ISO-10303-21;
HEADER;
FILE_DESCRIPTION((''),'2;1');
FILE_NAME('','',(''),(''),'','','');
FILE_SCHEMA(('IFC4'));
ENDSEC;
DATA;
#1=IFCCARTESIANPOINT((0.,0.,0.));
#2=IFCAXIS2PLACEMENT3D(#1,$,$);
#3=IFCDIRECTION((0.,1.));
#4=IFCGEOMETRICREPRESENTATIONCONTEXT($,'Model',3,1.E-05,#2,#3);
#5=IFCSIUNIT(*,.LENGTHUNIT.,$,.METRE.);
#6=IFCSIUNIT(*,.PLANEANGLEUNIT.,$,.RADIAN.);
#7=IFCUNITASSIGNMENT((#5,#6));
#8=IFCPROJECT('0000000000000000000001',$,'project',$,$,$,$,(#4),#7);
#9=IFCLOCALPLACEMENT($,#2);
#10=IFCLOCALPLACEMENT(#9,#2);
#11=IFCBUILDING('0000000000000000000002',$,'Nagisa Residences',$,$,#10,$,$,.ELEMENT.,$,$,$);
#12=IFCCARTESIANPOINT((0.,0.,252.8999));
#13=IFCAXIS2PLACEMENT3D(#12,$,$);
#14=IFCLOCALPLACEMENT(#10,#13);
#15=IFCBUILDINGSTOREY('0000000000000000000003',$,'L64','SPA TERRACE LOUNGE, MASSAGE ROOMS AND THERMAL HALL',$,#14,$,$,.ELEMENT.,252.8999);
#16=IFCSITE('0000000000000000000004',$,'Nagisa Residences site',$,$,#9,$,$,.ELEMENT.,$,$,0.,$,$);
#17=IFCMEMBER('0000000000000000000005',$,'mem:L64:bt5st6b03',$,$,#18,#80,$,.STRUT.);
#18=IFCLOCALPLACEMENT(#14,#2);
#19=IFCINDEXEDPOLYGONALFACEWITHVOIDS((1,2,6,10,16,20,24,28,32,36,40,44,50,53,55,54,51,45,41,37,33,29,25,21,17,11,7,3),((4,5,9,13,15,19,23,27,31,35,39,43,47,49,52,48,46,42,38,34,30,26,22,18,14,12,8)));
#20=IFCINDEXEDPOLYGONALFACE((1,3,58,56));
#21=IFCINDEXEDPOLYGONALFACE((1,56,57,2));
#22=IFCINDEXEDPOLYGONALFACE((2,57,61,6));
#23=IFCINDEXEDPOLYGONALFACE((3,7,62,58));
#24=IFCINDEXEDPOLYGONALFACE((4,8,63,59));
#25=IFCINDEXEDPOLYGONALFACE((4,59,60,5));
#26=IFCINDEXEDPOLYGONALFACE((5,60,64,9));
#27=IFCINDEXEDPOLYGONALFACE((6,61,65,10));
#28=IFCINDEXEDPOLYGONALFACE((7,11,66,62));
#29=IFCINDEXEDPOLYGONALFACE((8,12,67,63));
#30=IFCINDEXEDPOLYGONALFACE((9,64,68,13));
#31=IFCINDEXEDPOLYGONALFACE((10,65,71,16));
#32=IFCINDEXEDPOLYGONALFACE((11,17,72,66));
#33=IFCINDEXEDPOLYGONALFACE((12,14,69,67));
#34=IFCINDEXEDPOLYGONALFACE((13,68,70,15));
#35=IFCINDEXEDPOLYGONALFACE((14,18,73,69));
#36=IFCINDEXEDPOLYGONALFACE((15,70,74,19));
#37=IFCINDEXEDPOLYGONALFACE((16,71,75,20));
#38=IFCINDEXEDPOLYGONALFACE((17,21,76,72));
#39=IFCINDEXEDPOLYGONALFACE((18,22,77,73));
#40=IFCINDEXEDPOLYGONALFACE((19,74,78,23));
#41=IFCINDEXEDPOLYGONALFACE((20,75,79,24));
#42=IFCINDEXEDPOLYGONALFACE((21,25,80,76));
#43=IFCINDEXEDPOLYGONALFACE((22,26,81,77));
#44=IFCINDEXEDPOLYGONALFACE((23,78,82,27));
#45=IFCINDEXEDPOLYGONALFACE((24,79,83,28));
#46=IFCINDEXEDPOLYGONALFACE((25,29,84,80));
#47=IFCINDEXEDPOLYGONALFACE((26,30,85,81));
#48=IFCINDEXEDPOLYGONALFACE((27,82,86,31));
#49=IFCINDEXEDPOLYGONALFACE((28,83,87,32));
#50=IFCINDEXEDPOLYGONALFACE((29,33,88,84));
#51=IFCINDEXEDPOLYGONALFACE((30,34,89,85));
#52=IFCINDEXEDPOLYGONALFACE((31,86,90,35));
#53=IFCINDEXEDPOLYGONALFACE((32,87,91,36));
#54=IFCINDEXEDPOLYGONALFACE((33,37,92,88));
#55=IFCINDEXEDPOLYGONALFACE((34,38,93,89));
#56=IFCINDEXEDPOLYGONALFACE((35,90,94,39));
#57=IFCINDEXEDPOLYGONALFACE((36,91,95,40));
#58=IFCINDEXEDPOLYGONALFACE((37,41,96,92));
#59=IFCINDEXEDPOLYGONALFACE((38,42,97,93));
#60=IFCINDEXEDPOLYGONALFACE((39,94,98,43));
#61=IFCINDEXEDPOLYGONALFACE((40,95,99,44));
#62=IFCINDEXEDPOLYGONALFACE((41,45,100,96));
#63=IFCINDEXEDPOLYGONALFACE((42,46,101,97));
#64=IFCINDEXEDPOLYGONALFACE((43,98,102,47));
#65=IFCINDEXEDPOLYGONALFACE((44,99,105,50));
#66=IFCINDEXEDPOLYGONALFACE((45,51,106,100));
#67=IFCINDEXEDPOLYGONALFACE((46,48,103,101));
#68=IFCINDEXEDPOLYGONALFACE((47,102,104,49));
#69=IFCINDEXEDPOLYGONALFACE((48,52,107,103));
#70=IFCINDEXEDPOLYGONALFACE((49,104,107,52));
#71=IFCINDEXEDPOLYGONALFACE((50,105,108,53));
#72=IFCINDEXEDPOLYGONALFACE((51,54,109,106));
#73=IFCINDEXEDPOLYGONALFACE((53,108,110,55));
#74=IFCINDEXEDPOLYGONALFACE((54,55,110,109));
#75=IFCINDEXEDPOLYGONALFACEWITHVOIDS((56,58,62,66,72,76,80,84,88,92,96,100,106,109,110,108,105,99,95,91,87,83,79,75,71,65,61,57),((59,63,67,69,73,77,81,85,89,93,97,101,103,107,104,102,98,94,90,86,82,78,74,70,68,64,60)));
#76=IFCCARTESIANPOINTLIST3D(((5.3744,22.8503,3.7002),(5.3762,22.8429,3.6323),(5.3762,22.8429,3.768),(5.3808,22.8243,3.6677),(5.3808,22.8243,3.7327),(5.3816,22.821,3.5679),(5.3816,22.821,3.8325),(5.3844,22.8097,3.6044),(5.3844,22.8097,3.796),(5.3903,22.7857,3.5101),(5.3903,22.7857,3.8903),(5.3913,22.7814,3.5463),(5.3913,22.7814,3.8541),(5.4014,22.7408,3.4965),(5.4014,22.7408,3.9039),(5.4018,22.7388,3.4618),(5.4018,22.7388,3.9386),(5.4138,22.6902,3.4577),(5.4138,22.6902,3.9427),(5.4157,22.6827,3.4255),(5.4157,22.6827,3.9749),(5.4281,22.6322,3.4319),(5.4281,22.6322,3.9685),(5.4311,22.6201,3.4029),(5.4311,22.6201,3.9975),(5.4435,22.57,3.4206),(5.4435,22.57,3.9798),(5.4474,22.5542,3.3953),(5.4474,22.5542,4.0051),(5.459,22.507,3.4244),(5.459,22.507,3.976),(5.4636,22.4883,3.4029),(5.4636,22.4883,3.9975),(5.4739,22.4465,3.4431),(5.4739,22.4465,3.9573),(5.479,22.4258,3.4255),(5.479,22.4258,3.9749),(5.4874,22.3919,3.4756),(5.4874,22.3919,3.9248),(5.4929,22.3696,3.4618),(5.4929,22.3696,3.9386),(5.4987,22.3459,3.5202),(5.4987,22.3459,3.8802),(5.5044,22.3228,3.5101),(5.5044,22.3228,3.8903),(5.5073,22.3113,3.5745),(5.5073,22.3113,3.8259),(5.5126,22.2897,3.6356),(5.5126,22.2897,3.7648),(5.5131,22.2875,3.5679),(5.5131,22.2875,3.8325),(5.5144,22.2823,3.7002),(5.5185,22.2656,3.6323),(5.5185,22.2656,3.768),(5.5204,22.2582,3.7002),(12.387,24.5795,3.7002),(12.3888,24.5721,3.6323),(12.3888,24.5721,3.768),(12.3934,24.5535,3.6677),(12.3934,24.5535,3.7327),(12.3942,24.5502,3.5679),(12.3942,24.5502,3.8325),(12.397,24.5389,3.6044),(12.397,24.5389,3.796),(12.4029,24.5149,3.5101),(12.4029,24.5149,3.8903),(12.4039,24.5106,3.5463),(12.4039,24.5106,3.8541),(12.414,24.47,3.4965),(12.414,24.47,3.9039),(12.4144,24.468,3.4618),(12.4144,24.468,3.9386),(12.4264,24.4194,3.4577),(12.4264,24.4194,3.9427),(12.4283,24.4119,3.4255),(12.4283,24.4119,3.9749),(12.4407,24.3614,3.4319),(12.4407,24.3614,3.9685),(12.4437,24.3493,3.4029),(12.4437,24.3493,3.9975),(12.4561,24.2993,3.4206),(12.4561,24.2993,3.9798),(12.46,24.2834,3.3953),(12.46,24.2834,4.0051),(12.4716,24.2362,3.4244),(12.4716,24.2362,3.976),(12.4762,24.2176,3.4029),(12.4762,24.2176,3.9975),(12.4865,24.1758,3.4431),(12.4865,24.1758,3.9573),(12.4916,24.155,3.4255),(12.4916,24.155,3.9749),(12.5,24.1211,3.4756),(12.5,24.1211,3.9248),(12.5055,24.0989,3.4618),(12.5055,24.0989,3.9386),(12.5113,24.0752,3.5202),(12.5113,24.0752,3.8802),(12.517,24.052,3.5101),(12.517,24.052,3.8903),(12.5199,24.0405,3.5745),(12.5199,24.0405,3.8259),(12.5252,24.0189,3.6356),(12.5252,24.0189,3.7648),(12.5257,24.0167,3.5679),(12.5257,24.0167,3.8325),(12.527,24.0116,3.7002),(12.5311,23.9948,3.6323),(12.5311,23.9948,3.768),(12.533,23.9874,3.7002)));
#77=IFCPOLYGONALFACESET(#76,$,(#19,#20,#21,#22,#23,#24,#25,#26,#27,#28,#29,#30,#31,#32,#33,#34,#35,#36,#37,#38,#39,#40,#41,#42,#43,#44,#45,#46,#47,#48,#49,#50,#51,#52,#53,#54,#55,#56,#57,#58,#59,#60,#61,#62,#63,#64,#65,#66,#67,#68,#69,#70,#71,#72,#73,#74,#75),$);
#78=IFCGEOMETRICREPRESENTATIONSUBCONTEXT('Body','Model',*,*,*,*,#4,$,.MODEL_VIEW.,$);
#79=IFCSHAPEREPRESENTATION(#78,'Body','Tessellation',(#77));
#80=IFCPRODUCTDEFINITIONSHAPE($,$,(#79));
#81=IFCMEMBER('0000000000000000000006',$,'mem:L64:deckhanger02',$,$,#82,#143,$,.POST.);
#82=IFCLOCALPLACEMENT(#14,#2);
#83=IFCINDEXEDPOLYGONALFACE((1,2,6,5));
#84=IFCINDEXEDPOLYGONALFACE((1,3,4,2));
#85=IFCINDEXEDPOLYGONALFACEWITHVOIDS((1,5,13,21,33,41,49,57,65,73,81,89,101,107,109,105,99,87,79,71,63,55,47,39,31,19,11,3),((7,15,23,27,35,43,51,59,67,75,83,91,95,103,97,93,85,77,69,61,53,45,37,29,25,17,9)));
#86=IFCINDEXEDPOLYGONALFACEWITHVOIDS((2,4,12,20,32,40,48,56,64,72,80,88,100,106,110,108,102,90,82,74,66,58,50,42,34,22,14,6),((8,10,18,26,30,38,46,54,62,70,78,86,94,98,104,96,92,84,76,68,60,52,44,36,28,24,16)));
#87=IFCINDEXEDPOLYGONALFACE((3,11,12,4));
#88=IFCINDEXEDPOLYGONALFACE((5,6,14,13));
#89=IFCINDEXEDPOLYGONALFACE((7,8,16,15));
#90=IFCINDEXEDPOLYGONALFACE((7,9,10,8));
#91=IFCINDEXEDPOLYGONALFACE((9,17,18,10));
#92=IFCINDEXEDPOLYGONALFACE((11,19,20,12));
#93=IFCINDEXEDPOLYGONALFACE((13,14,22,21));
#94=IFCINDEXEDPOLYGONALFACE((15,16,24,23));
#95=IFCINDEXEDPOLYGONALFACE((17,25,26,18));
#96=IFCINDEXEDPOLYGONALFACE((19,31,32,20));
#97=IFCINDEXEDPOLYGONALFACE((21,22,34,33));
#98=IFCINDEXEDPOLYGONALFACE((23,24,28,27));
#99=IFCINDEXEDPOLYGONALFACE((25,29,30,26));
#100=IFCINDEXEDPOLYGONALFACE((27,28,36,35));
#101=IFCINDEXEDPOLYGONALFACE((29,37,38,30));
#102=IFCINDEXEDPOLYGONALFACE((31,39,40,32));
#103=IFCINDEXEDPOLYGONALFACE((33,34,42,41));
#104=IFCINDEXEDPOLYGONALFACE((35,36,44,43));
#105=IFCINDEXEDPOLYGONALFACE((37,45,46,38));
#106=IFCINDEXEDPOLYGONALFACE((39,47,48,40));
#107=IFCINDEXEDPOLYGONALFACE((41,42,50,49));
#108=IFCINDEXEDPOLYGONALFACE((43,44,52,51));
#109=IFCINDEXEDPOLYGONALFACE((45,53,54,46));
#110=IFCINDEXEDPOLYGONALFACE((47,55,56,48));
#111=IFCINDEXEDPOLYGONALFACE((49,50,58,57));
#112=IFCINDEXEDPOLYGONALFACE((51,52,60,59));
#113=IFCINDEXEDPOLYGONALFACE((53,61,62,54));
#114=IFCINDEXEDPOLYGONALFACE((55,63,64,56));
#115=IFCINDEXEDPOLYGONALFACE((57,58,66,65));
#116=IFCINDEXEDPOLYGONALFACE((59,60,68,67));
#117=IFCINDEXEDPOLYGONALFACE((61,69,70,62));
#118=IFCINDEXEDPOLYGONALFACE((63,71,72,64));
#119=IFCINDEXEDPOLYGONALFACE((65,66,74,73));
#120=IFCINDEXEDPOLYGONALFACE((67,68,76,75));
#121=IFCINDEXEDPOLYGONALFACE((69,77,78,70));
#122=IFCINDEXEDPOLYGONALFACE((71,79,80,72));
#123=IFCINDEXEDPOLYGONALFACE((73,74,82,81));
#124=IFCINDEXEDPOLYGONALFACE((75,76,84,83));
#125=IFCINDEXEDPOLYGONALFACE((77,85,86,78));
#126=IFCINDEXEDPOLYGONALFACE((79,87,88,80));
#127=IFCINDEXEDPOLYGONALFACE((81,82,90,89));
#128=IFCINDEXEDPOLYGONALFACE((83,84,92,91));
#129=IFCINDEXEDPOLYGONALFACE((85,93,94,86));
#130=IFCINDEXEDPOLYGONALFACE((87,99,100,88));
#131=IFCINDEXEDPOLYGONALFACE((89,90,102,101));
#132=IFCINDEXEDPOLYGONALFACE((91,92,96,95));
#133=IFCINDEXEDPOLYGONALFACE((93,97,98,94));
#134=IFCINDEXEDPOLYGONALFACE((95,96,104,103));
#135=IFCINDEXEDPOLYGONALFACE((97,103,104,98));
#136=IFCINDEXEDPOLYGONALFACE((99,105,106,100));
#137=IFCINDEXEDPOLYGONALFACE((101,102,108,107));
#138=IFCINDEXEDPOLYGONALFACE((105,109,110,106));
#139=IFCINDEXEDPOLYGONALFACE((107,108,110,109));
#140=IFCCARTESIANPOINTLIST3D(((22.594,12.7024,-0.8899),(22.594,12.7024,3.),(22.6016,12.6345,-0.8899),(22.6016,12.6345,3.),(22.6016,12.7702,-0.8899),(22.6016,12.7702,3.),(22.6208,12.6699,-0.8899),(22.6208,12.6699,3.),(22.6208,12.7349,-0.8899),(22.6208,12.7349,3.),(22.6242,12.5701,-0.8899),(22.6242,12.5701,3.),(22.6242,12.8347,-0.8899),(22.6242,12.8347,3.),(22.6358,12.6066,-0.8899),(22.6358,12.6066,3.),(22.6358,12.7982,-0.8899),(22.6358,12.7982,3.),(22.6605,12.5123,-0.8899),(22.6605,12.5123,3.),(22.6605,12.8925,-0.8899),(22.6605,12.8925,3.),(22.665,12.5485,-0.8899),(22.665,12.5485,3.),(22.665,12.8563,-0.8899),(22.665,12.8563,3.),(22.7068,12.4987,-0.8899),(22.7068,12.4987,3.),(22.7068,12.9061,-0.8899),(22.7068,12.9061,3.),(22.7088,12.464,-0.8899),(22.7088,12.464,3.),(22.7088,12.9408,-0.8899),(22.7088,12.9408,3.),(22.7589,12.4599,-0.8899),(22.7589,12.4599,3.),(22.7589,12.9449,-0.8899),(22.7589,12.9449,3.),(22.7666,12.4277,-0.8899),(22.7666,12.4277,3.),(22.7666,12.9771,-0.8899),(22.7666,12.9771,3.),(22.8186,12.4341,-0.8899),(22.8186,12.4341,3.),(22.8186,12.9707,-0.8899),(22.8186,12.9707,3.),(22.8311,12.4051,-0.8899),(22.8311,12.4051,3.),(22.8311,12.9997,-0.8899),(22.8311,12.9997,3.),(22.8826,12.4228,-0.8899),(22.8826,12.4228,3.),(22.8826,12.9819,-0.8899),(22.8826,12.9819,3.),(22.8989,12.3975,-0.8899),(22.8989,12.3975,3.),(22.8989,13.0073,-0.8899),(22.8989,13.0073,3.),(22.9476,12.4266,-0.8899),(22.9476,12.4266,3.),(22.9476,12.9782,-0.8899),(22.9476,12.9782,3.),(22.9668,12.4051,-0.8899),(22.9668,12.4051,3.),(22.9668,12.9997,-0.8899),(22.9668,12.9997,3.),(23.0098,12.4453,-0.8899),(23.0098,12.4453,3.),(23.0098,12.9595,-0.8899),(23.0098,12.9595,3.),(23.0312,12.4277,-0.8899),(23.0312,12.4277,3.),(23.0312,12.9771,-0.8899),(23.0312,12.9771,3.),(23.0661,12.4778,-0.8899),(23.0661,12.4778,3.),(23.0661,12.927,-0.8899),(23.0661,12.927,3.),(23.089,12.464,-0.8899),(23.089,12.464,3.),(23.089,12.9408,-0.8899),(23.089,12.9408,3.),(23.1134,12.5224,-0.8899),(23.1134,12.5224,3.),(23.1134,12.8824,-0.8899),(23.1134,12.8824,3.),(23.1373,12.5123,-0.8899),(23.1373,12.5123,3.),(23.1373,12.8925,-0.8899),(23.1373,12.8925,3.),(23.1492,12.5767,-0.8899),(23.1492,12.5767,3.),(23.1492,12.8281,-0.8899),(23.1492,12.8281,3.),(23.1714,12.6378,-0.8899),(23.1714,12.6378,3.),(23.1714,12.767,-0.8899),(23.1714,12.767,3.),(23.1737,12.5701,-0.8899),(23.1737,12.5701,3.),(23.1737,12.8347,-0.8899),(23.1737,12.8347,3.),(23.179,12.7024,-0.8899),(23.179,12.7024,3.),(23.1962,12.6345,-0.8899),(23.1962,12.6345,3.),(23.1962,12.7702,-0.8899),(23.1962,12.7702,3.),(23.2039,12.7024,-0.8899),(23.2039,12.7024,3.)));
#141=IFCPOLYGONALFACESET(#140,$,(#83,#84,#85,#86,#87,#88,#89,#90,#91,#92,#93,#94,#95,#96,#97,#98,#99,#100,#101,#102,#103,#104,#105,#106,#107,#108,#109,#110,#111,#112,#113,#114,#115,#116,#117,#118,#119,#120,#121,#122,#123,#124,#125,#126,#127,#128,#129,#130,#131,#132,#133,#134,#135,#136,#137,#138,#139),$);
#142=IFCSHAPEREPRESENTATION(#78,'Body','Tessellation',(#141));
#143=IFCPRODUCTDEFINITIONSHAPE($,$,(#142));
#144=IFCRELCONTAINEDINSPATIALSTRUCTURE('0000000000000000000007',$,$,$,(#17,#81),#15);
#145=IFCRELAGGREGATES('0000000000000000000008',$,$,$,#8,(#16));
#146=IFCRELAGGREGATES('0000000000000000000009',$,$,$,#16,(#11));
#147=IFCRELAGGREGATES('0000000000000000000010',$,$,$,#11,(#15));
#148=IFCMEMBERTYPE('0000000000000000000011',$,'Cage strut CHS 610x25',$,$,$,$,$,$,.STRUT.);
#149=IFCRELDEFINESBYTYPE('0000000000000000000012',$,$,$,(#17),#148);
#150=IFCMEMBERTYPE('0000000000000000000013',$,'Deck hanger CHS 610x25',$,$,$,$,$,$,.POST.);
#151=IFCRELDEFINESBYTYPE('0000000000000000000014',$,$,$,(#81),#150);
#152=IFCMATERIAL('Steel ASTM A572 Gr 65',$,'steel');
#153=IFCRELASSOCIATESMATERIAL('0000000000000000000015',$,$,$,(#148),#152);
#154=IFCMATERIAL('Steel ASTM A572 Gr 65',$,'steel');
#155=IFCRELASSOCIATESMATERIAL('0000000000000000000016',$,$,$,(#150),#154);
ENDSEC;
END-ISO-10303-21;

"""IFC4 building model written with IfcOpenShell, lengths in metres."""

from ifc_helpers import new_model, si_unit, direction, frame, origin, origin_2d, place, context, subcontext, project, spatial, hollow_circle, extrude, material, material_profile, profile_set, type_object, element, save


model = new_model("IFC4")

# Units and contexts
model_context = context("Model", 3, precision=1e-05, world=origin(), true_north=direction((0.0, 1.0)))
body_context = subcontext(model_context, "Body", "Model", "MODEL_VIEW")
ifc_project = project(units=[si_unit("LENGTHUNIT", "METRE"), si_unit("PLANEANGLEUNIT", "RADIAN")], contexts=[model_context])

# Site, building, storey
site_placement = place(None, origin())
site = spatial("IfcSite", under=ifc_project, at=site_placement, Name="Nagisa Residences site", CompositionType="ELEMENT", RefElevation=0.0)
building_placement = place(site_placement, origin())
building = spatial("IfcBuilding", under=site, at=building_placement, Name="Nagisa Residences", CompositionType="ELEMENT")
storey_placement = place(building_placement, frame((0.0, 0.0, 252.8999)))
storey = spatial("IfcBuildingStorey", under=building, at=storey_placement, Name="L64", Description="SPA TERRACE LOUNGE, MASSAGE ROOMS AND THERMAL HALL", CompositionType="ELEMENT", Elevation=252.8999)

# Members
ifc_material_1 = material(Name="Steel ASTM A572 Gr 65", Category="steel")
ifc_material_profile_1 = material_profile(ifc_material_1, hollow_circle(Radius=0.3049, WallThickness=0.0249, at=origin_2d()), Name="CHS 610x25")
ifc_profile_set_1 = profile_set([ifc_material_profile_1], Name="Steel ASTM A572 Gr 65")
member_type_1 = type_object("IfcMemberType", Name="Cage strut CHS 610x25", PredefinedType="STRUT", material=ifc_profile_set_1)
member_1_placement = place(storey_placement, frame((12.46, 24.2834, 3.7002), z_axis=(-0.970917, -0.239417, 0.0), x_axis=(0.239417, -0.970917, 0.0)))
element("IfcMember", 1, at=member_1_placement, inside=storey, type_object=member_type_1, Name="mem:L64:bt5st6b03", PredefinedType="STRUT", context=body_context, shape_type="SweptSolid", body=[
    extrude(hollow_circle(Radius=0.3049, WallThickness=0.0249, at=origin_2d()), origin(), (0.0, 0.0, 1.0), 7.2227),
])
ifc_material_2 = material(Name="Steel ASTM A572 Gr 65", Category="steel")
ifc_material_profile_2 = material_profile(ifc_material_2, hollow_circle(Radius=0.3049, WallThickness=0.0249, at=origin_2d()), Name="CHS 610x25")
ifc_profile_set_2 = profile_set([ifc_material_profile_2], Name="Steel ASTM A572 Gr 65")
member_type_2 = type_object("IfcMemberType", Name="Deck hanger CHS 610x25", PredefinedType="POST", material=ifc_profile_set_2)
member_2_placement = place(storey_placement, frame((22.8989, 12.7024, 3.0), z_axis=(0.0, 0.0, -1.0), x_axis=(1.0, 0.0, 0.0)))
element("IfcMember", 2, at=member_2_placement, inside=storey, type_object=member_type_2, Name="mem:L64:deckhanger02", PredefinedType="POST", context=body_context, shape_type="SweptSolid", body=[
    extrude(hollow_circle(Radius=0.3049, WallThickness=0.0249, at=origin_2d()), origin(), (0.0, 0.0, 1.0), 3.8899),
])

save(model, "model.ifc")
